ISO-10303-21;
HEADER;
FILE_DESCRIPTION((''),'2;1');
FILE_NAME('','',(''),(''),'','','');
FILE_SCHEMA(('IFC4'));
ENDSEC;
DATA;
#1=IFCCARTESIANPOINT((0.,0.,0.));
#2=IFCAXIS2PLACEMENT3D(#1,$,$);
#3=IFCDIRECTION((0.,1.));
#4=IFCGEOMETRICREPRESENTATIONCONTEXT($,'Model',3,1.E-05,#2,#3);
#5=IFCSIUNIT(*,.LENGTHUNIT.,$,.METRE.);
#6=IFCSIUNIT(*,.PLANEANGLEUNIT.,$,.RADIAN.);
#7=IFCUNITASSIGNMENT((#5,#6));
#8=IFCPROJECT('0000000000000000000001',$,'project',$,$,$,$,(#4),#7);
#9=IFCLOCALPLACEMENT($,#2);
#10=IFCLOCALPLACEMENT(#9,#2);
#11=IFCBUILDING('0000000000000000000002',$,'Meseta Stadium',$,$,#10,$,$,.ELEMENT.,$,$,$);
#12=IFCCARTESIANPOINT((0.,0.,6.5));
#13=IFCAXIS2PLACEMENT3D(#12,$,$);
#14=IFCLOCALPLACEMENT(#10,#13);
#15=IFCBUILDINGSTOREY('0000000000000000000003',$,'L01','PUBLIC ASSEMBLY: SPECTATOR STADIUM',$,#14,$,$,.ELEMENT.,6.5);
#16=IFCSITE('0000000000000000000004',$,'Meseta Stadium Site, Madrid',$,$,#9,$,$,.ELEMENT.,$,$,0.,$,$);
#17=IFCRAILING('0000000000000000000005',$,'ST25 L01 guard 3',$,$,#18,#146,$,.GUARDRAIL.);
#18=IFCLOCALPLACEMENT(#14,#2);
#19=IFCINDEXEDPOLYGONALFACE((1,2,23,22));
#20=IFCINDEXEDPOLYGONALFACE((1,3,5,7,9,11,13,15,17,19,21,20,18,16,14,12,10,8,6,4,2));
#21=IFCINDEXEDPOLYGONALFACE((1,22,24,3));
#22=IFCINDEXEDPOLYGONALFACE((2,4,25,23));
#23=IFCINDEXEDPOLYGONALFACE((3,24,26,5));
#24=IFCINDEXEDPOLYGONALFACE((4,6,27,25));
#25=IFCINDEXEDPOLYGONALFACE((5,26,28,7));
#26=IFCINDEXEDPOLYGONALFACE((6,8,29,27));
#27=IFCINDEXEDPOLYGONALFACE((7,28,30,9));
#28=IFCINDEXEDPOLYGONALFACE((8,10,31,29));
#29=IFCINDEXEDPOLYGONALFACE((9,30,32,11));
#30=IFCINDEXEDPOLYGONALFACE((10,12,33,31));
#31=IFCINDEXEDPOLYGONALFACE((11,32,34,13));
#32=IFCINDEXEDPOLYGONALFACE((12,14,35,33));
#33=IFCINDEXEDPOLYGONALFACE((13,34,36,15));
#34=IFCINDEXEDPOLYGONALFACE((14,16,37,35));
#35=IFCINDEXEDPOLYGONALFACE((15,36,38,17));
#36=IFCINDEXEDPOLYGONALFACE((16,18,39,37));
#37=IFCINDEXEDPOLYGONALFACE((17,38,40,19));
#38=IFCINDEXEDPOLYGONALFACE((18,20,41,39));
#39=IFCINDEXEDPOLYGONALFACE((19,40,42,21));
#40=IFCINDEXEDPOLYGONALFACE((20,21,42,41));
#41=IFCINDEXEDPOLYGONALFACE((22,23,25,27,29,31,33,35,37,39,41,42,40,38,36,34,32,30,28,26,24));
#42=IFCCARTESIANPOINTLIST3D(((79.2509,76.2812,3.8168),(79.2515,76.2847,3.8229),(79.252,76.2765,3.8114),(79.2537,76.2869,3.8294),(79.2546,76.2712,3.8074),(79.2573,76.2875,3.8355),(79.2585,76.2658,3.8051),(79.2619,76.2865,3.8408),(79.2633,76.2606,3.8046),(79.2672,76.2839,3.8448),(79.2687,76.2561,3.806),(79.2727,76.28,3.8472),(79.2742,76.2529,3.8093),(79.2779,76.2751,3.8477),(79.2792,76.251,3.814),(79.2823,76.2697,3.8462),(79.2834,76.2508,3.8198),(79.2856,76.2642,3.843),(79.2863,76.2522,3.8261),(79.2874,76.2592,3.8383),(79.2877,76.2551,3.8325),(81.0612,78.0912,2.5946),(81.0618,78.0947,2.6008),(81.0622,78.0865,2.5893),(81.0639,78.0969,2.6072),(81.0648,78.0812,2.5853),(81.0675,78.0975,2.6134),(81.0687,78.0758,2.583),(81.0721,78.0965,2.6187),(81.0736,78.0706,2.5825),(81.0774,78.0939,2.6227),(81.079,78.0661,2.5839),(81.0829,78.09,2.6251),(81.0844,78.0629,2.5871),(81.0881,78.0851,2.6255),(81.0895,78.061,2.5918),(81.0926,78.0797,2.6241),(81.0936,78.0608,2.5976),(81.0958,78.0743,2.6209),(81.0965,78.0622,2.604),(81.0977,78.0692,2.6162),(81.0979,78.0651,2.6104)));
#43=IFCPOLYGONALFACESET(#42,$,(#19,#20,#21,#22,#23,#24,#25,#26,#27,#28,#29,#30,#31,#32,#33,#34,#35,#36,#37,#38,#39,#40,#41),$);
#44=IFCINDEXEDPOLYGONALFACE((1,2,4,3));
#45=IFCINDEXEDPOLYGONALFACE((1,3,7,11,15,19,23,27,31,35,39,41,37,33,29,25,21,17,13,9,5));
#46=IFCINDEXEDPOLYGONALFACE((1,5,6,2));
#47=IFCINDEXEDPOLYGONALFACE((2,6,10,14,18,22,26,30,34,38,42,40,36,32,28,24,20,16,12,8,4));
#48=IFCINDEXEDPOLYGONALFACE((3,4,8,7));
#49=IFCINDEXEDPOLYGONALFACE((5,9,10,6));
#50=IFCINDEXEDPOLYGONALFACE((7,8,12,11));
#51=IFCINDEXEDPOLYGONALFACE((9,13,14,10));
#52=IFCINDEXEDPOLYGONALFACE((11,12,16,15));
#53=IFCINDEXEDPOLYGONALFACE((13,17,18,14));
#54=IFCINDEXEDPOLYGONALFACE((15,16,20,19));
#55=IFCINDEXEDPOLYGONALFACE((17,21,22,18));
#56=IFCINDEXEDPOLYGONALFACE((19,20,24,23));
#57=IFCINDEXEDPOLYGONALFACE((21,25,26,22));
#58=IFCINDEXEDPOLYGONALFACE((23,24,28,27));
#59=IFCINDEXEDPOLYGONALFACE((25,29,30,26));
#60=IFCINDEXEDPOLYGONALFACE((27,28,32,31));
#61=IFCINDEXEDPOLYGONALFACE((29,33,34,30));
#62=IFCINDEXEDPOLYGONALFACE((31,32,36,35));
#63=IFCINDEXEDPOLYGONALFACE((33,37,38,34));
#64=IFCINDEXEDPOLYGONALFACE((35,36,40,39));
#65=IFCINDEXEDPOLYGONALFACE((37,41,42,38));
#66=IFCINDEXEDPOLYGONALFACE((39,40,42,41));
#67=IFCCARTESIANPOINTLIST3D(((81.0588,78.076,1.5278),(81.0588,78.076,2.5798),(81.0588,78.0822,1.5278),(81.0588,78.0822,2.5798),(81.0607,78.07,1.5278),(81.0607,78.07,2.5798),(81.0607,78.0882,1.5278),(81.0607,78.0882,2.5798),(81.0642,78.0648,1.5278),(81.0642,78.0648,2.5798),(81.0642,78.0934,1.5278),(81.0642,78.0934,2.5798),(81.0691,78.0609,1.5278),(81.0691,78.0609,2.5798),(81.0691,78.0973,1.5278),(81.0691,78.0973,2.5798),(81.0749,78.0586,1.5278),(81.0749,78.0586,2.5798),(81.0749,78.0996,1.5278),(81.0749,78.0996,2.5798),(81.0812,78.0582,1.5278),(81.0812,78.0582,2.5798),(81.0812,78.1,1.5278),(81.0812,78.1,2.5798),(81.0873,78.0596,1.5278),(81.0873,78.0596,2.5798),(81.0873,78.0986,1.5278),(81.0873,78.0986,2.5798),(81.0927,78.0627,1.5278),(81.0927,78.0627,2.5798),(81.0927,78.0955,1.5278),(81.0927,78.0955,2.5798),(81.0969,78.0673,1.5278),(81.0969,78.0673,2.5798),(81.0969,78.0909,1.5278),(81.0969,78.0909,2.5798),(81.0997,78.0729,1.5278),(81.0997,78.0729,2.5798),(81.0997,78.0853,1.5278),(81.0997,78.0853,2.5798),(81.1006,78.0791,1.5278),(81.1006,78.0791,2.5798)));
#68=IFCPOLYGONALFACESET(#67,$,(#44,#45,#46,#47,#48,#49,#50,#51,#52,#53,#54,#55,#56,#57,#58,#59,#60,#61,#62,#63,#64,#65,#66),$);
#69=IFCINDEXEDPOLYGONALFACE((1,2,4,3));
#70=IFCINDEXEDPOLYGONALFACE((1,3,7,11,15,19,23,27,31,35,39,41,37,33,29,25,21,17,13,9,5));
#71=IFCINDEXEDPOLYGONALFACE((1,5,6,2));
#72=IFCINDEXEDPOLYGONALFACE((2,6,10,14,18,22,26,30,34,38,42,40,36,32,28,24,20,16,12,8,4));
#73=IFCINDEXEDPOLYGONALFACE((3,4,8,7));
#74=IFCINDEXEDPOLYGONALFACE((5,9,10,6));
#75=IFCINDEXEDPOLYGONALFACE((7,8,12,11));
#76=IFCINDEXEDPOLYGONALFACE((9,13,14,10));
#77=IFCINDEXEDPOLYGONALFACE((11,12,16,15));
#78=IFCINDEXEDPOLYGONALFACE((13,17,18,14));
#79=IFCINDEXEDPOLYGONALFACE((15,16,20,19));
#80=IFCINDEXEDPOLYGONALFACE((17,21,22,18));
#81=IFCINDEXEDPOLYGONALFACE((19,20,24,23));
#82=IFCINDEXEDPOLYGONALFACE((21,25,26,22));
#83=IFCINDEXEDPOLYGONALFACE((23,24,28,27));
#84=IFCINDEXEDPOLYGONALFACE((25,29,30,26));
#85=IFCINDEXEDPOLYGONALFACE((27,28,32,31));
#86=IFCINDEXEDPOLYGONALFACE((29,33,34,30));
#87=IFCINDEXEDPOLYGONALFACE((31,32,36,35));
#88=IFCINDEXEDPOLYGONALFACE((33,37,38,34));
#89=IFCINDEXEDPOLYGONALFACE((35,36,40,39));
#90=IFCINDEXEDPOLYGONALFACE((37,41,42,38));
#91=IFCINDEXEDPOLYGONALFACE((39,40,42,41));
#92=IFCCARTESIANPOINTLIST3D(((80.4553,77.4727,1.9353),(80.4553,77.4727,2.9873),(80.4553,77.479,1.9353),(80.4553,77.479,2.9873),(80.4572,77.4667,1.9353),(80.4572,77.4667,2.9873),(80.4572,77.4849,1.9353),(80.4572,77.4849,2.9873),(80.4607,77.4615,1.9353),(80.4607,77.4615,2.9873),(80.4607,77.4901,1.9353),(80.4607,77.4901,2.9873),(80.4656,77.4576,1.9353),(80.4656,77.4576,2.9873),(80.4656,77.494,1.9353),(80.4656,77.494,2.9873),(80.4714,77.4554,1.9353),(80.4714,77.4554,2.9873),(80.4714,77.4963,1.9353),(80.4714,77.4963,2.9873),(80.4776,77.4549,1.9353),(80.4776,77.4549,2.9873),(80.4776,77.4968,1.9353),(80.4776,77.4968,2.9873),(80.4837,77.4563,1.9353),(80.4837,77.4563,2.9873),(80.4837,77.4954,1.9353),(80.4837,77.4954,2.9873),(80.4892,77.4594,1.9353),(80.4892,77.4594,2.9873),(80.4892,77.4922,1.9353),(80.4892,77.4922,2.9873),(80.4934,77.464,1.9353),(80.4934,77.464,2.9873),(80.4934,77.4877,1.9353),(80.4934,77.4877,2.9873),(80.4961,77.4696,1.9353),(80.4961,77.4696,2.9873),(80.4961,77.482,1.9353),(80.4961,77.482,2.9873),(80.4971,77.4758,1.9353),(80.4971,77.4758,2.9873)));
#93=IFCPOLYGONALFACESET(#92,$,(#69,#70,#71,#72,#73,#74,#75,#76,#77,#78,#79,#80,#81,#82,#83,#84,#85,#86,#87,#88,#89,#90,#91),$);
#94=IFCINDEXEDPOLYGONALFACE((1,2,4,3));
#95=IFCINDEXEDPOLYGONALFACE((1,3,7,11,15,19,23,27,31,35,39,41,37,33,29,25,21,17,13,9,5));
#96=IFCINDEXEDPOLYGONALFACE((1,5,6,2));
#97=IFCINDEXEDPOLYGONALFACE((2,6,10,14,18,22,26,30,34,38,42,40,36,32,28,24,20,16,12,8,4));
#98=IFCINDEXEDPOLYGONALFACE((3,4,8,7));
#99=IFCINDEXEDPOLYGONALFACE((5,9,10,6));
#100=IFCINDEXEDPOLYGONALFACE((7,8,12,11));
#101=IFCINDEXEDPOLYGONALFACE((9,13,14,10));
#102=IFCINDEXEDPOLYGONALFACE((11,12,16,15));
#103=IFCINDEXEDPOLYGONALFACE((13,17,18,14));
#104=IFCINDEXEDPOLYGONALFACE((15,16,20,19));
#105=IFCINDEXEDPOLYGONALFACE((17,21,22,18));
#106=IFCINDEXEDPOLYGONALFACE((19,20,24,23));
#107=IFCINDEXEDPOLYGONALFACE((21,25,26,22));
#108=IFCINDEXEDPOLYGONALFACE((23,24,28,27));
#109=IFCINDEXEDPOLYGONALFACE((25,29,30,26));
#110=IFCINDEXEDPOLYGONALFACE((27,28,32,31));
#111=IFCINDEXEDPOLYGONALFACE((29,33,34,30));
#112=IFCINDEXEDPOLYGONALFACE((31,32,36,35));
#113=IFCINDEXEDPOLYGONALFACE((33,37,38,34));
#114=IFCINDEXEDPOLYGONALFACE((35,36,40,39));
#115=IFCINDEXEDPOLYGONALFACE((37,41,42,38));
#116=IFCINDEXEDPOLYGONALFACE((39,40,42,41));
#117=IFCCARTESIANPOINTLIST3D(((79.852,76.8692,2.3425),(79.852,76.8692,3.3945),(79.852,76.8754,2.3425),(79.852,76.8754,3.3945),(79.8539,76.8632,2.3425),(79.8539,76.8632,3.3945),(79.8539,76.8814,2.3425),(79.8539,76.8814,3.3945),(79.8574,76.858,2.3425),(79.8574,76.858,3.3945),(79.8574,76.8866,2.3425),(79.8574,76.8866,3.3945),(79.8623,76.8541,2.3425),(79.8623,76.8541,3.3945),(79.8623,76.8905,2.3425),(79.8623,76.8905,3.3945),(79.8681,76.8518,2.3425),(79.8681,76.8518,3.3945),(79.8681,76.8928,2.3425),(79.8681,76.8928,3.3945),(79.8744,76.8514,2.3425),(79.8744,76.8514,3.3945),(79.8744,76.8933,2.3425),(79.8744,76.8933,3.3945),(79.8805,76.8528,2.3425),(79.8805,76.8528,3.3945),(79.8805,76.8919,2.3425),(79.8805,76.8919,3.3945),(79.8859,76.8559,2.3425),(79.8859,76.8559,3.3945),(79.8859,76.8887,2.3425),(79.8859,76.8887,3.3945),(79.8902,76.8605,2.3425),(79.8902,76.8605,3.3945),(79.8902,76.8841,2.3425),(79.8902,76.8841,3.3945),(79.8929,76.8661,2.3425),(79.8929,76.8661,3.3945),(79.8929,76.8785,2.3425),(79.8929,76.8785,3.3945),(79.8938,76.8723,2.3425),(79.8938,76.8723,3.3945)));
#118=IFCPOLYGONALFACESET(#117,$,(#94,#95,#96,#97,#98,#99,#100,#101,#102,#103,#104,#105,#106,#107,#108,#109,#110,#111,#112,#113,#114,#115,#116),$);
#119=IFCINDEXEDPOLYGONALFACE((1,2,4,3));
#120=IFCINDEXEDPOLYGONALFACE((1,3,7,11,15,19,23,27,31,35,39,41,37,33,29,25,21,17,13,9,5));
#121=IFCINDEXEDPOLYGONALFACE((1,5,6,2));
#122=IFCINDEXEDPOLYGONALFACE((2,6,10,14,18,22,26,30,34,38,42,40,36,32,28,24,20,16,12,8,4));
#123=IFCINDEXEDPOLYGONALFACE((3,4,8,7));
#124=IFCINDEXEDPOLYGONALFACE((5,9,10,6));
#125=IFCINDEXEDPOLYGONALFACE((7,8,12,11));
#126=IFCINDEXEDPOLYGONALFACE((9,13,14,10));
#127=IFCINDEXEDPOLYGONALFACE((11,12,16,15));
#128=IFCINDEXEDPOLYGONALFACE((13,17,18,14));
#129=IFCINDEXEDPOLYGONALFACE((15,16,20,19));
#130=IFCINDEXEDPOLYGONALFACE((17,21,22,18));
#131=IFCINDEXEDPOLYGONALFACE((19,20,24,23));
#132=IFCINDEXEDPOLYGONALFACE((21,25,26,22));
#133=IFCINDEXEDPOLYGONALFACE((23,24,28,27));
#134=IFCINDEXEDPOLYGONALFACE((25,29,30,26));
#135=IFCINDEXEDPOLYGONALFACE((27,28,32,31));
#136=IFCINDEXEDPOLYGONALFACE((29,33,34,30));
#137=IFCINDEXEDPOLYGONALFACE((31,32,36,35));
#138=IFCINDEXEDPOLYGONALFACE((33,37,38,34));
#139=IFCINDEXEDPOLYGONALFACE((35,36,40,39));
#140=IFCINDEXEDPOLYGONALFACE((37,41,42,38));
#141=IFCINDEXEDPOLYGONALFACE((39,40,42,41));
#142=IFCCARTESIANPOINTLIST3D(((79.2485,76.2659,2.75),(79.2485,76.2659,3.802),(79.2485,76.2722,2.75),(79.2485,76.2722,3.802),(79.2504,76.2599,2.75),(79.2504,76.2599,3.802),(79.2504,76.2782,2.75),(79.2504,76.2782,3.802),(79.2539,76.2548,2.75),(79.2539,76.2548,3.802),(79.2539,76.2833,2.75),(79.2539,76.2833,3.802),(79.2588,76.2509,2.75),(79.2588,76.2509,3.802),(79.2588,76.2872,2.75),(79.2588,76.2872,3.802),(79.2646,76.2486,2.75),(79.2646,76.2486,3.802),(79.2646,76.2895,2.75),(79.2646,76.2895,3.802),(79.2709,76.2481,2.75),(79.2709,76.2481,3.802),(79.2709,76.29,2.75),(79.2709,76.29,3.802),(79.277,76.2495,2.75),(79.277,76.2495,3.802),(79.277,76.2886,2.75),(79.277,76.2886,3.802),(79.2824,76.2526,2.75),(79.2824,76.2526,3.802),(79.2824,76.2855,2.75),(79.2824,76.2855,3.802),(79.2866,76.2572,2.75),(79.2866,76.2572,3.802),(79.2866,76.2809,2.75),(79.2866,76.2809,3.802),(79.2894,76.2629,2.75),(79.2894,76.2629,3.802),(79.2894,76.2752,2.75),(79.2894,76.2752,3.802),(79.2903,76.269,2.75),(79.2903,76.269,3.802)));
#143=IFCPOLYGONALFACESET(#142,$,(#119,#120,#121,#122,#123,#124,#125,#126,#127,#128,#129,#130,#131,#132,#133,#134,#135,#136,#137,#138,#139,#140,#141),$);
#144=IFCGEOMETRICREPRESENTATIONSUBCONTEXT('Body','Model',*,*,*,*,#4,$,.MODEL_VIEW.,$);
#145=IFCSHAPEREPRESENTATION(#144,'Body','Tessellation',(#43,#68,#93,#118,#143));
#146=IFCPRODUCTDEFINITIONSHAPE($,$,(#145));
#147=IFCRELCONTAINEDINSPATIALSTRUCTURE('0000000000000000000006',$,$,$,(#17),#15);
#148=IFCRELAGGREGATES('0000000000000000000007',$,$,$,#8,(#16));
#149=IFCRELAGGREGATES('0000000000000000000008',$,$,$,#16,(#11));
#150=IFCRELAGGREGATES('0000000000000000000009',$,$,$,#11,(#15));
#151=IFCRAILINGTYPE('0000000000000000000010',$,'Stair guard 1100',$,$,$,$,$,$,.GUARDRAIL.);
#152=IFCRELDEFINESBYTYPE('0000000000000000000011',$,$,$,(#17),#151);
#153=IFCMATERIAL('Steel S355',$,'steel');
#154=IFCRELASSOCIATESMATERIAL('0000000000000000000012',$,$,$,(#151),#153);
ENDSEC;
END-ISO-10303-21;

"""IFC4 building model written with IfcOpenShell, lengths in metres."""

from ifc_helpers import new_model, si_unit, direction, frame, origin, origin_2d, place, context, subcontext, project, spatial, circle, extrude, material, type_object, element, save


model = new_model("IFC4")

# Units and contexts
model_context = context("Model", 3, precision=1e-05, world=origin(), true_north=direction((0.0, 1.0)))
body_context = subcontext(model_context, "Body", "Model", "MODEL_VIEW")
ifc_project = project(units=[si_unit("LENGTHUNIT", "METRE"), si_unit("PLANEANGLEUNIT", "RADIAN")], contexts=[model_context])

# Site, building, storey
site_placement = place(None, origin())
site = spatial("IfcSite", under=ifc_project, at=site_placement, Name="Meseta Stadium Site, Madrid", CompositionType="ELEMENT", RefElevation=0.0)
building_placement = place(site_placement, origin())
building = spatial("IfcBuilding", under=site, at=building_placement, Name="Meseta Stadium", CompositionType="ELEMENT")
storey_placement = place(building_placement, frame((0.0, 0.0, 6.5)))
storey = spatial("IfcBuildingStorey", under=building, at=storey_placement, Name="L01", Description="PUBLIC ASSEMBLY: SPECTATOR STADIUM", CompositionType="ELEMENT", Elevation=6.5)

# Railing
ifc_material_1 = material(Name="Steel S355", Category="steel")
railing_type_1 = type_object("IfcRailingType", Name="Stair guard 1100", PredefinedType="GUARDRAIL", material=ifc_material_1)
railing_1_placement = place(storey_placement, frame((81.0796, 78.0791, 1.5278)))
element("IfcRailing", 1, at=railing_1_placement, inside=storey, type_object=railing_type_1, Name="ST25 L01 guard 3", PredefinedType="GUARDRAIL", context=body_context, shape_type="SweptSolid", body=[
    extrude(circle(Radius=0.0239, at=origin_2d()), frame((0.0, 0.0, 1.0762), z_axis=(-0.638159, -0.638073, 0.430832), x_axis=(0.707059, -0.707154, 0.0)), (0.0, 0.0, 1.0), 2.8367),
    extrude(circle(Radius=0.021, at=origin_2d()), origin(), (0.0, 0.0, 1.0), 1.052),
    extrude(circle(Radius=0.021, at=origin_2d()), frame((-0.6035, -0.6033, 0.4075)), (0.0, 0.0, 1.0), 1.052),
    extrude(circle(Radius=0.021, at=origin_2d()), frame((-1.2068, -1.2068, 0.8147)), (0.0, 0.0, 1.0), 1.052),
    extrude(circle(Radius=0.021, at=origin_2d()), frame((-1.8103, -1.8101, 1.2222)), (0.0, 0.0, 1.0), 1.052),
])

save(model, "model.ifc")
